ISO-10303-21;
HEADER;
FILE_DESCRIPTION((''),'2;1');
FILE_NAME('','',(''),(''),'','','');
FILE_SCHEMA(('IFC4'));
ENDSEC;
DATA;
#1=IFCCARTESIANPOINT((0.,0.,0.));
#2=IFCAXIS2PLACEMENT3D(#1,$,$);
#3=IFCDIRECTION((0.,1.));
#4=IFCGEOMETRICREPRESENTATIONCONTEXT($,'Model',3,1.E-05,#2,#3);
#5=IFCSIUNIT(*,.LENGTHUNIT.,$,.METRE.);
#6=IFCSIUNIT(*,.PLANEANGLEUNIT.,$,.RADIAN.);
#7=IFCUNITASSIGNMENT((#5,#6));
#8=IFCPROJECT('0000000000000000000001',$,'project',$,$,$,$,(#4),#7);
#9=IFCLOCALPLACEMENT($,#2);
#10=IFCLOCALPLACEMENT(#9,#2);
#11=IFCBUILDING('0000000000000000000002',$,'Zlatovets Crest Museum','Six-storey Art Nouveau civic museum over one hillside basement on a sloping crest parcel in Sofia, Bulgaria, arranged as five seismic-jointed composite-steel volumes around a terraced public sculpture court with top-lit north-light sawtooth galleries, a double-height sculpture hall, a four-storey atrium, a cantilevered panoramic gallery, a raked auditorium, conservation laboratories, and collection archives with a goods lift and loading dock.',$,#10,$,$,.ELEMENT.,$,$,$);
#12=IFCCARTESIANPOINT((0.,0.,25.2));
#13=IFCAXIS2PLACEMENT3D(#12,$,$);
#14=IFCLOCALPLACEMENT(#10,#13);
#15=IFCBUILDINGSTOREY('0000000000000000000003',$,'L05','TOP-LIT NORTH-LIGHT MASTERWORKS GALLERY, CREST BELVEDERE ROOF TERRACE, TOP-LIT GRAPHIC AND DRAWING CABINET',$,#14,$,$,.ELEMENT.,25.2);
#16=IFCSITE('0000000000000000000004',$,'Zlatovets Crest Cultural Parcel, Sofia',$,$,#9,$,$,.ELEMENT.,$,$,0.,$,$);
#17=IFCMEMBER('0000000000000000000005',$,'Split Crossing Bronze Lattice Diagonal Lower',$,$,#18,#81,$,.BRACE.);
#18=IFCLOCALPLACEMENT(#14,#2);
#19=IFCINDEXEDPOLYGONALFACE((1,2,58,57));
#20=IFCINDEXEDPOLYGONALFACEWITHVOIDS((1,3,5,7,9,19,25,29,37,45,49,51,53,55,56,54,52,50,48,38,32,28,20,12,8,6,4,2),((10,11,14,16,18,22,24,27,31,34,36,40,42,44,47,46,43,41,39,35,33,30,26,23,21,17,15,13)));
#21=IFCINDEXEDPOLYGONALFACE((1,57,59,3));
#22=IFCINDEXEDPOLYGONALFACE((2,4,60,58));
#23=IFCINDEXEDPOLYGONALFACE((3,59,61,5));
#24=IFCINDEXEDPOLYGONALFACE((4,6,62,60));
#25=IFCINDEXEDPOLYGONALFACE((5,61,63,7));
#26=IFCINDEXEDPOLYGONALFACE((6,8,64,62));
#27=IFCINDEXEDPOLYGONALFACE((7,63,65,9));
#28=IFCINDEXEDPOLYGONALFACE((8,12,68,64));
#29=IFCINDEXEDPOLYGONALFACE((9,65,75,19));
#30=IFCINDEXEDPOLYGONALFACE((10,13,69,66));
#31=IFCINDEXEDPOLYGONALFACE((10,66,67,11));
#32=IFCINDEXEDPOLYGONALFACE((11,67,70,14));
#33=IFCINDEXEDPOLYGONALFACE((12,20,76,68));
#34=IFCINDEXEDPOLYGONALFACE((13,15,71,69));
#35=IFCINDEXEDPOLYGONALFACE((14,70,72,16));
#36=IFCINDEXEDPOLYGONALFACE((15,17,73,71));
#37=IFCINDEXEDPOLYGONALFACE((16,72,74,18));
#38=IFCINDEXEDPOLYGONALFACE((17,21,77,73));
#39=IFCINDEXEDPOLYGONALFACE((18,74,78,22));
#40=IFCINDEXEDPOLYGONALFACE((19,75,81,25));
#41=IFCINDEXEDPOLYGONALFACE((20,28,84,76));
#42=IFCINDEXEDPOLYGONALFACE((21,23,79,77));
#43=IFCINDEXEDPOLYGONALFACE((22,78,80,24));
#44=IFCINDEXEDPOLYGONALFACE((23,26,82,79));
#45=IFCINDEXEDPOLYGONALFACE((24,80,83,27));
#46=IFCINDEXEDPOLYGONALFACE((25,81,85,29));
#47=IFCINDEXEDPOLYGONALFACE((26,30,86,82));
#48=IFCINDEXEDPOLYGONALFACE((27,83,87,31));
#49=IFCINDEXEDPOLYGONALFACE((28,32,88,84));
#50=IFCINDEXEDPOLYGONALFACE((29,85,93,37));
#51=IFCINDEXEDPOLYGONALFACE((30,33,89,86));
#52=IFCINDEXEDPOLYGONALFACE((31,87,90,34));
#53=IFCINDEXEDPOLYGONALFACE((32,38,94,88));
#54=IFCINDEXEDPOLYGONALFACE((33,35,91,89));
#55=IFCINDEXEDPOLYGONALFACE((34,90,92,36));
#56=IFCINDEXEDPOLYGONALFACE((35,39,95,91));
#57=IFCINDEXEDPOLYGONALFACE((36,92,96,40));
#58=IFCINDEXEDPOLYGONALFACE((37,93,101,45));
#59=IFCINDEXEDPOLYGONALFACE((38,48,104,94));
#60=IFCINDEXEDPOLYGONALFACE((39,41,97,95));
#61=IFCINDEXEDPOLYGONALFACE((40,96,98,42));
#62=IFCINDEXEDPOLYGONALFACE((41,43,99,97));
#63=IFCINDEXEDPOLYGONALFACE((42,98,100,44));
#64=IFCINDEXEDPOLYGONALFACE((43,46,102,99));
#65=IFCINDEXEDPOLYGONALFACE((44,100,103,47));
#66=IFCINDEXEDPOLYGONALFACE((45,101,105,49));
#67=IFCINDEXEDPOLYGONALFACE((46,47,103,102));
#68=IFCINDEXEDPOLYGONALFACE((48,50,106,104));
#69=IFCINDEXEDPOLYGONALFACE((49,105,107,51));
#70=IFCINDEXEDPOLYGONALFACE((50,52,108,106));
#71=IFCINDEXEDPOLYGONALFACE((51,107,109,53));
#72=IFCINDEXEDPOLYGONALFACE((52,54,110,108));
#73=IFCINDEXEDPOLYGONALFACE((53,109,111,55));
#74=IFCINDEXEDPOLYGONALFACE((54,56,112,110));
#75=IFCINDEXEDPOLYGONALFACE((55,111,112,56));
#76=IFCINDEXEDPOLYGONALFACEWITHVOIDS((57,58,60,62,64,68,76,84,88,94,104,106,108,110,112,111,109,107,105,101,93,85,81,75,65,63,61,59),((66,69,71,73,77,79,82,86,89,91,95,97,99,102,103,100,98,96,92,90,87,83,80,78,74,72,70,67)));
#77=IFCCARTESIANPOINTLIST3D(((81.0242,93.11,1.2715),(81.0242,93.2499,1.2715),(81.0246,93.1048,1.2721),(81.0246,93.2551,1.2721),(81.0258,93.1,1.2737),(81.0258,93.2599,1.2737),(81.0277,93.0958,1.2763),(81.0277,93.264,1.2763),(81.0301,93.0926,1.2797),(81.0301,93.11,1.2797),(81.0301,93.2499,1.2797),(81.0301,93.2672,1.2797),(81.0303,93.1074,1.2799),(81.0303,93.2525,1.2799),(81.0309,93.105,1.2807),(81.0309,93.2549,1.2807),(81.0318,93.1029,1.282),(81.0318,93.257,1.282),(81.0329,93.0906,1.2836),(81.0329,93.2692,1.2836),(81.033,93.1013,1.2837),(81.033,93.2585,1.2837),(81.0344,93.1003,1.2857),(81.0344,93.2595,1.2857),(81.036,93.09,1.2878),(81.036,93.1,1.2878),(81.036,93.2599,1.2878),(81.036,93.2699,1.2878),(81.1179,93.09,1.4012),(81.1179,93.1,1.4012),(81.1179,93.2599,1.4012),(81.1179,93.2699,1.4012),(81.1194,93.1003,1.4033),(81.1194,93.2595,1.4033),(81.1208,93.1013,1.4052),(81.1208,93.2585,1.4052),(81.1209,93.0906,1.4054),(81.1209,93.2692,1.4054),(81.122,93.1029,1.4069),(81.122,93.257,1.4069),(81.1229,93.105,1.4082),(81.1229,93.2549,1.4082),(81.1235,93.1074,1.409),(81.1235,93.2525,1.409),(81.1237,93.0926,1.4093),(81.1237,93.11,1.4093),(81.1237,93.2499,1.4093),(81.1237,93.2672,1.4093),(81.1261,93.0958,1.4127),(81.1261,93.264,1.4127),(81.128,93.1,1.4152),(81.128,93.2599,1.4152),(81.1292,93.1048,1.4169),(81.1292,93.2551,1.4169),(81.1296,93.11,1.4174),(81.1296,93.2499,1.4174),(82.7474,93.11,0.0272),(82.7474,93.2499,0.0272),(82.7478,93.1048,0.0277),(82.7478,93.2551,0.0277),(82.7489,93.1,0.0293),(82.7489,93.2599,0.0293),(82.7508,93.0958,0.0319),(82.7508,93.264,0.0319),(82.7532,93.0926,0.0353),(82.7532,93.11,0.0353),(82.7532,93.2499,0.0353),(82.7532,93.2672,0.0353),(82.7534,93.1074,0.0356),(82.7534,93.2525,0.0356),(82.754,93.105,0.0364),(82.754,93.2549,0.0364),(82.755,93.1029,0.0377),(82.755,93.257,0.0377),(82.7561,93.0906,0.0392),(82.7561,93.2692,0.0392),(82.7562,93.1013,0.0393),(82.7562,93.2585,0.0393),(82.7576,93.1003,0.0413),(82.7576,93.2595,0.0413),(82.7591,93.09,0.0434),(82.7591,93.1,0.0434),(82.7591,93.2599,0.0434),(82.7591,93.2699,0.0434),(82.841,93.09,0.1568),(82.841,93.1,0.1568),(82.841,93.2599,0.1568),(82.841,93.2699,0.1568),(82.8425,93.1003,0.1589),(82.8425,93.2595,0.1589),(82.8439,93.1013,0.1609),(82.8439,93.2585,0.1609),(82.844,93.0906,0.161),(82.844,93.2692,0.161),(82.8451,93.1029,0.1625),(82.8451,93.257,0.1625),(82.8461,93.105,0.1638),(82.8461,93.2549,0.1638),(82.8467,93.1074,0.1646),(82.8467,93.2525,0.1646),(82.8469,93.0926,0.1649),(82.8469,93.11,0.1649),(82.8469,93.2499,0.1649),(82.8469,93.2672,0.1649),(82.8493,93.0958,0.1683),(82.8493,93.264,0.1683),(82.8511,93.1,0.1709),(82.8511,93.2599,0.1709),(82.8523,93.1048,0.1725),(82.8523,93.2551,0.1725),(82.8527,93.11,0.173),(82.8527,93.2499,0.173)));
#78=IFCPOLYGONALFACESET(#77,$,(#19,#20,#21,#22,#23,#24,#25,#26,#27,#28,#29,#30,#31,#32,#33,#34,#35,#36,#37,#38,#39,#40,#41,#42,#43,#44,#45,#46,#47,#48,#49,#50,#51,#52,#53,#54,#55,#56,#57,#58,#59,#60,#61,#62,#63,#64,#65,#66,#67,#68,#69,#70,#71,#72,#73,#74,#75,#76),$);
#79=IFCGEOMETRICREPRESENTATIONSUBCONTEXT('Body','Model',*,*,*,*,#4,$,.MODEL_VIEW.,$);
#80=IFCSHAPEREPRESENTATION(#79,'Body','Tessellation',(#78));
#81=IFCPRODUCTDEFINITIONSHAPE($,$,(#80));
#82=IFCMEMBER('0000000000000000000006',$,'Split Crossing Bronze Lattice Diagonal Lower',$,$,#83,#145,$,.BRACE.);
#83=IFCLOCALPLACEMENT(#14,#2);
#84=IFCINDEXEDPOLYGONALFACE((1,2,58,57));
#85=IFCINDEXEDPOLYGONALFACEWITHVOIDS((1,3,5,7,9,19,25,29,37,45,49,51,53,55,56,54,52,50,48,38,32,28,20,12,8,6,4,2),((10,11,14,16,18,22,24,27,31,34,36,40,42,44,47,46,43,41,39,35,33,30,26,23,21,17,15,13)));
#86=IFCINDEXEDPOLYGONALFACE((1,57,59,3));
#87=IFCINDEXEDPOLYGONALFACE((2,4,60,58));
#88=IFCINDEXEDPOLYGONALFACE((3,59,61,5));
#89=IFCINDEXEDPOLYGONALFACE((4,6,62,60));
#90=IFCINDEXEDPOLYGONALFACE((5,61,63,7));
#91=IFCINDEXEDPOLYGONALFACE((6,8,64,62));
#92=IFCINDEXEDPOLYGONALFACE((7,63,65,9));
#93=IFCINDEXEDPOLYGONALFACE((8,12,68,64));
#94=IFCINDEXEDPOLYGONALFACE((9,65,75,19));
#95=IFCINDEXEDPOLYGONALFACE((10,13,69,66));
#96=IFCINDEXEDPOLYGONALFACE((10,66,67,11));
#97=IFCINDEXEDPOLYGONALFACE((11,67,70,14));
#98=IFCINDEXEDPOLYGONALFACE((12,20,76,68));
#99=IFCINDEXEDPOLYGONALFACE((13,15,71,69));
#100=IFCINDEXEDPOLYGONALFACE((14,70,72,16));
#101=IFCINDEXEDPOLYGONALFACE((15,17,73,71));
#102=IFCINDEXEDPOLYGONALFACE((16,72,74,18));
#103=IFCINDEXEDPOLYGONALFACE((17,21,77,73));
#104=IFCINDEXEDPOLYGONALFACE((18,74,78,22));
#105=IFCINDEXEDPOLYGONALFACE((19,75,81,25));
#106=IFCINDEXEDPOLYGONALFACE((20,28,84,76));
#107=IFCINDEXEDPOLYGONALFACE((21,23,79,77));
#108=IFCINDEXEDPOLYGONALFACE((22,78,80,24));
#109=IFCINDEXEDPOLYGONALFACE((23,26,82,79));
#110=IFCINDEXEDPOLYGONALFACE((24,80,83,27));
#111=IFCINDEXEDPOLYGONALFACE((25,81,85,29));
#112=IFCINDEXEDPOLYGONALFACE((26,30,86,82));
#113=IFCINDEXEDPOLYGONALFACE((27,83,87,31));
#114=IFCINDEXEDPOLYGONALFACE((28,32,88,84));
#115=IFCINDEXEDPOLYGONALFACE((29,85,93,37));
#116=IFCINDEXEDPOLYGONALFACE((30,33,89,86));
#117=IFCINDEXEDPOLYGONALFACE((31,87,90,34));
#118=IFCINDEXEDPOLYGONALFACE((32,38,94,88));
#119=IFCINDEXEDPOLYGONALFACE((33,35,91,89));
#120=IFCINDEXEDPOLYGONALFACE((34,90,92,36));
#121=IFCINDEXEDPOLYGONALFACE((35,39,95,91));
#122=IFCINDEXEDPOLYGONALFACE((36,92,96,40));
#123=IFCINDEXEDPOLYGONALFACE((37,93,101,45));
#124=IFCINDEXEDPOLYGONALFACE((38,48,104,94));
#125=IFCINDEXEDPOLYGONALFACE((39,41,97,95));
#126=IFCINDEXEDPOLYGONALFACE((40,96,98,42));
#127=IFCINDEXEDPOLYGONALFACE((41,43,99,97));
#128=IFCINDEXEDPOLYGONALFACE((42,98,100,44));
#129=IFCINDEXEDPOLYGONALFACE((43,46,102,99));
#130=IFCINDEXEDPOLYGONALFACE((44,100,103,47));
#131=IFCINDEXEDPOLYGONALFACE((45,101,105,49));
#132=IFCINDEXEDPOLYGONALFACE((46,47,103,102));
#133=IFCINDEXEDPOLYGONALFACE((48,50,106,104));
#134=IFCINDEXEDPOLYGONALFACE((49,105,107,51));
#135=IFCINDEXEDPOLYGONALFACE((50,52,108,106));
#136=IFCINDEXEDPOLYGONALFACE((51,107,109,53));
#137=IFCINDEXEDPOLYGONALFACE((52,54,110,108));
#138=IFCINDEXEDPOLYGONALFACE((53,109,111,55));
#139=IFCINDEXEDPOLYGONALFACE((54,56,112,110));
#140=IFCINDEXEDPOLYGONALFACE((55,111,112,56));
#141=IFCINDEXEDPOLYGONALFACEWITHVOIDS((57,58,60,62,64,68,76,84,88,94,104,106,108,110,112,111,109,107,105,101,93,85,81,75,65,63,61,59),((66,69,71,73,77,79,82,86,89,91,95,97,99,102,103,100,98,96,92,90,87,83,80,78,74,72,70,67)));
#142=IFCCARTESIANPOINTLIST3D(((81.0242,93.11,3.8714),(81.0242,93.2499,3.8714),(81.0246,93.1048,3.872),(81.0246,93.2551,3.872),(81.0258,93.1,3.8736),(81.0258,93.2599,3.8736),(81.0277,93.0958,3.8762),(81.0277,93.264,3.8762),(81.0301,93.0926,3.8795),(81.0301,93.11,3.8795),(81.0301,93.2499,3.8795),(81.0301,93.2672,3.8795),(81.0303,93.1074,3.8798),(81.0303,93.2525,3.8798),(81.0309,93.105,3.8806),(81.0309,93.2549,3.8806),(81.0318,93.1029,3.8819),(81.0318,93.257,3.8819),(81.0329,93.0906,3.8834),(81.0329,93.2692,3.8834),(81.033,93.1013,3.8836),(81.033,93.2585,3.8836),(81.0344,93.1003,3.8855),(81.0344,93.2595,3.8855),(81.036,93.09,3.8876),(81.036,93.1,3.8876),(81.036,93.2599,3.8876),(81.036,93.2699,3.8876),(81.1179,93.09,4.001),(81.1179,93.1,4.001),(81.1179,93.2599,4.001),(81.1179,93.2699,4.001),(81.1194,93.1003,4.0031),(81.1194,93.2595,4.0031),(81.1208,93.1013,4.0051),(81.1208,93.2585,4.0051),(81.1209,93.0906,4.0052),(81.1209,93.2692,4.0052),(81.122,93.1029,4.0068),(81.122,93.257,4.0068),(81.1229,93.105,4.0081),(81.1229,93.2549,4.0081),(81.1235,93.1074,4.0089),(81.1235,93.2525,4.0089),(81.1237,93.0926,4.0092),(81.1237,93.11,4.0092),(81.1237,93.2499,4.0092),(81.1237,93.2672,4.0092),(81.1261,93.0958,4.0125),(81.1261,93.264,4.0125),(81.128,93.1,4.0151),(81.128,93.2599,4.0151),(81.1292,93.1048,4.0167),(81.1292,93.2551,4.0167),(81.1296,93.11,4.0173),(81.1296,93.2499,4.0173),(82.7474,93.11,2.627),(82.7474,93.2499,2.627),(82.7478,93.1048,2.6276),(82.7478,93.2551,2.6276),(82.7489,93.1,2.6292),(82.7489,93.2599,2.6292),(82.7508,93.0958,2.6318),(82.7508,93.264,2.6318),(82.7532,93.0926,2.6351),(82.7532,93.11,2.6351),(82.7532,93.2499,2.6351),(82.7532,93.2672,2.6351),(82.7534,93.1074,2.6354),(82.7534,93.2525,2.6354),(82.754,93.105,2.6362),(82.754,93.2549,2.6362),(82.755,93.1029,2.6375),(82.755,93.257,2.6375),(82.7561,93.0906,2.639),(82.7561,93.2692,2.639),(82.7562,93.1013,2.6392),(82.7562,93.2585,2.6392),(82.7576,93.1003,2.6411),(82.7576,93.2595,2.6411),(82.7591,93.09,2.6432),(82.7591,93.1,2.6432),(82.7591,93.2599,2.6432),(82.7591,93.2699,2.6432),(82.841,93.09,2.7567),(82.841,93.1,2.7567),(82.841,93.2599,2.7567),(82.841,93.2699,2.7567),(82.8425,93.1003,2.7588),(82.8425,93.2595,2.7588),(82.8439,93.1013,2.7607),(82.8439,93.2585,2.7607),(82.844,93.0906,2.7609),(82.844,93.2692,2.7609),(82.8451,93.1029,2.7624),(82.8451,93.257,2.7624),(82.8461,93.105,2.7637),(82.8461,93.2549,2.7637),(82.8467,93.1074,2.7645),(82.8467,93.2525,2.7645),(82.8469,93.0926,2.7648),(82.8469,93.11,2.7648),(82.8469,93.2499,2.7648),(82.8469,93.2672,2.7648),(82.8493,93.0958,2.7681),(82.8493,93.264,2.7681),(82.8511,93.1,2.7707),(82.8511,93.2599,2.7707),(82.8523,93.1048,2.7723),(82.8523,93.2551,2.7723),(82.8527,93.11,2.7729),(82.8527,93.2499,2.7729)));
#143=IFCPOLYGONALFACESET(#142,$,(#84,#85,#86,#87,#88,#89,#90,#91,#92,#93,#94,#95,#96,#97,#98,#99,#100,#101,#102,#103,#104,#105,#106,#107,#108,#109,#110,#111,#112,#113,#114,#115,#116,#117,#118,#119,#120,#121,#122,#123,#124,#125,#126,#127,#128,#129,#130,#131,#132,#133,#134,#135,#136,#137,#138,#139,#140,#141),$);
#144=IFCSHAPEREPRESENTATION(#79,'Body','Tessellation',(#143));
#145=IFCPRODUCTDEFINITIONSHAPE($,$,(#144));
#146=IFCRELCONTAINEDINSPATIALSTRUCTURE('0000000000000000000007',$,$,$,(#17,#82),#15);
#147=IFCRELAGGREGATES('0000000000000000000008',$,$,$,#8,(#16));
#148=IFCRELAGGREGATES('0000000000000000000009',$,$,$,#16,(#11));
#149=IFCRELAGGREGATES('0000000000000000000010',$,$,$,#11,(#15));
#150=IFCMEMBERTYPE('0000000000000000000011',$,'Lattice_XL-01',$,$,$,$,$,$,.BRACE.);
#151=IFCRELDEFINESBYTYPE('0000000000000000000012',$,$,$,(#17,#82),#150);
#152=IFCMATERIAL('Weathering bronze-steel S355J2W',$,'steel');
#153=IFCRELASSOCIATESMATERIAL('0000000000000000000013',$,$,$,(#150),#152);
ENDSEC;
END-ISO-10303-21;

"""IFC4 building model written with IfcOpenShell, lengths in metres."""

from ifc_helpers import new_model, si_unit, direction, frame, origin, origin_2d, place, context, subcontext, project, spatial, hollow_rectangle, extrude, material, material_profile, profile_set, type_object, element, save


model = new_model("IFC4")

# Units and contexts
model_context = context("Model", 3, precision=1e-05, world=origin(), true_north=direction((0.0, 1.0)))
body_context = subcontext(model_context, "Body", "Model", "MODEL_VIEW")
ifc_project = project(units=[si_unit("LENGTHUNIT", "METRE"), si_unit("PLANEANGLEUNIT", "RADIAN")], contexts=[model_context])

# Site, building, storey
site_placement = place(None, origin())
site = spatial("IfcSite", under=ifc_project, at=site_placement, Name="Zlatovets Crest Cultural Parcel, Sofia", CompositionType="ELEMENT", RefElevation=0.0)
building_placement = place(site_placement, origin())
building = spatial("IfcBuilding", under=site, at=building_placement, Name="Zlatovets Crest Museum", Description="Six-storey Art Nouveau civic museum over one hillside basement on a sloping crest parcel in Sofia, Bulgaria, arranged as five seismic-jointed composite-steel volumes around a terraced public sculpture court with top-lit north-light sawtooth galleries, a double-height sculpture hall, a four-storey atrium, a cantilevered panoramic gallery, a raked auditorium, conservation laboratories, and collection archives with a goods lift and loading dock.", CompositionType="ELEMENT")
storey_placement = place(building_placement, frame((0.0, 0.0, 25.2)))
storey = spatial("IfcBuildingStorey", under=building, at=storey_placement, Name="L05", Description="TOP-LIT NORTH-LIGHT MASTERWORKS GALLERY, CREST BELVEDERE ROOF TERRACE, TOP-LIT GRAPHIC AND DRAWING CABINET", CompositionType="ELEMENT", Elevation=25.2)

# Members
ifc_material_1 = material(Name="Weathering bronze-steel S355J2W", Category="steel")
ifc_material_profile_1 = material_profile(ifc_material_1, hollow_rectangle(XDim=0.1799, YDim=0.1799, WallThickness=0.01, InnerFilletRadius=0.01, OuterFilletRadius=0.02, at=origin_2d()), Name="SHS 180x180x10.0")
ifc_profile_set_1 = profile_set([ifc_material_profile_1], Name="Weathering bronze-steel S355J2W")
member_type_1 = type_object("IfcMemberType", Name="Lattice_XL-01", PredefinedType="BRACE", material=ifc_profile_set_1)
for number, where, z_axis, x_axis, name in (
    (1, (81.0769, 93.1799, 1.3445), (0.810703, 0.0, -0.585457), (0.0, 1.0, 0.0), "Split Crossing Bronze Lattice Diagonal Lower"),
    (2, (81.0769, 93.1799, 3.9443), (0.810703, 0.0, -0.585457), (0.0, 1.0, 0.0), "Split Crossing Bronze Lattice Diagonal Lower"),
):
    element("IfcMember", number, at=place(storey_placement, frame(where, z_axis=z_axis, x_axis=x_axis)), inside=storey, type_object=member_type_1, Name=name, PredefinedType="BRACE", context=body_context, shape_type="SweptSolid", body=[
        extrude(hollow_rectangle(XDim=0.1799, YDim=0.1799, WallThickness=0.01, InnerFilletRadius=0.01, OuterFilletRadius=0.02, at=origin_2d()), origin(), (0.0, 0.0, 1.0), 2.1255),
    ])

save(model, "model.ifc")
